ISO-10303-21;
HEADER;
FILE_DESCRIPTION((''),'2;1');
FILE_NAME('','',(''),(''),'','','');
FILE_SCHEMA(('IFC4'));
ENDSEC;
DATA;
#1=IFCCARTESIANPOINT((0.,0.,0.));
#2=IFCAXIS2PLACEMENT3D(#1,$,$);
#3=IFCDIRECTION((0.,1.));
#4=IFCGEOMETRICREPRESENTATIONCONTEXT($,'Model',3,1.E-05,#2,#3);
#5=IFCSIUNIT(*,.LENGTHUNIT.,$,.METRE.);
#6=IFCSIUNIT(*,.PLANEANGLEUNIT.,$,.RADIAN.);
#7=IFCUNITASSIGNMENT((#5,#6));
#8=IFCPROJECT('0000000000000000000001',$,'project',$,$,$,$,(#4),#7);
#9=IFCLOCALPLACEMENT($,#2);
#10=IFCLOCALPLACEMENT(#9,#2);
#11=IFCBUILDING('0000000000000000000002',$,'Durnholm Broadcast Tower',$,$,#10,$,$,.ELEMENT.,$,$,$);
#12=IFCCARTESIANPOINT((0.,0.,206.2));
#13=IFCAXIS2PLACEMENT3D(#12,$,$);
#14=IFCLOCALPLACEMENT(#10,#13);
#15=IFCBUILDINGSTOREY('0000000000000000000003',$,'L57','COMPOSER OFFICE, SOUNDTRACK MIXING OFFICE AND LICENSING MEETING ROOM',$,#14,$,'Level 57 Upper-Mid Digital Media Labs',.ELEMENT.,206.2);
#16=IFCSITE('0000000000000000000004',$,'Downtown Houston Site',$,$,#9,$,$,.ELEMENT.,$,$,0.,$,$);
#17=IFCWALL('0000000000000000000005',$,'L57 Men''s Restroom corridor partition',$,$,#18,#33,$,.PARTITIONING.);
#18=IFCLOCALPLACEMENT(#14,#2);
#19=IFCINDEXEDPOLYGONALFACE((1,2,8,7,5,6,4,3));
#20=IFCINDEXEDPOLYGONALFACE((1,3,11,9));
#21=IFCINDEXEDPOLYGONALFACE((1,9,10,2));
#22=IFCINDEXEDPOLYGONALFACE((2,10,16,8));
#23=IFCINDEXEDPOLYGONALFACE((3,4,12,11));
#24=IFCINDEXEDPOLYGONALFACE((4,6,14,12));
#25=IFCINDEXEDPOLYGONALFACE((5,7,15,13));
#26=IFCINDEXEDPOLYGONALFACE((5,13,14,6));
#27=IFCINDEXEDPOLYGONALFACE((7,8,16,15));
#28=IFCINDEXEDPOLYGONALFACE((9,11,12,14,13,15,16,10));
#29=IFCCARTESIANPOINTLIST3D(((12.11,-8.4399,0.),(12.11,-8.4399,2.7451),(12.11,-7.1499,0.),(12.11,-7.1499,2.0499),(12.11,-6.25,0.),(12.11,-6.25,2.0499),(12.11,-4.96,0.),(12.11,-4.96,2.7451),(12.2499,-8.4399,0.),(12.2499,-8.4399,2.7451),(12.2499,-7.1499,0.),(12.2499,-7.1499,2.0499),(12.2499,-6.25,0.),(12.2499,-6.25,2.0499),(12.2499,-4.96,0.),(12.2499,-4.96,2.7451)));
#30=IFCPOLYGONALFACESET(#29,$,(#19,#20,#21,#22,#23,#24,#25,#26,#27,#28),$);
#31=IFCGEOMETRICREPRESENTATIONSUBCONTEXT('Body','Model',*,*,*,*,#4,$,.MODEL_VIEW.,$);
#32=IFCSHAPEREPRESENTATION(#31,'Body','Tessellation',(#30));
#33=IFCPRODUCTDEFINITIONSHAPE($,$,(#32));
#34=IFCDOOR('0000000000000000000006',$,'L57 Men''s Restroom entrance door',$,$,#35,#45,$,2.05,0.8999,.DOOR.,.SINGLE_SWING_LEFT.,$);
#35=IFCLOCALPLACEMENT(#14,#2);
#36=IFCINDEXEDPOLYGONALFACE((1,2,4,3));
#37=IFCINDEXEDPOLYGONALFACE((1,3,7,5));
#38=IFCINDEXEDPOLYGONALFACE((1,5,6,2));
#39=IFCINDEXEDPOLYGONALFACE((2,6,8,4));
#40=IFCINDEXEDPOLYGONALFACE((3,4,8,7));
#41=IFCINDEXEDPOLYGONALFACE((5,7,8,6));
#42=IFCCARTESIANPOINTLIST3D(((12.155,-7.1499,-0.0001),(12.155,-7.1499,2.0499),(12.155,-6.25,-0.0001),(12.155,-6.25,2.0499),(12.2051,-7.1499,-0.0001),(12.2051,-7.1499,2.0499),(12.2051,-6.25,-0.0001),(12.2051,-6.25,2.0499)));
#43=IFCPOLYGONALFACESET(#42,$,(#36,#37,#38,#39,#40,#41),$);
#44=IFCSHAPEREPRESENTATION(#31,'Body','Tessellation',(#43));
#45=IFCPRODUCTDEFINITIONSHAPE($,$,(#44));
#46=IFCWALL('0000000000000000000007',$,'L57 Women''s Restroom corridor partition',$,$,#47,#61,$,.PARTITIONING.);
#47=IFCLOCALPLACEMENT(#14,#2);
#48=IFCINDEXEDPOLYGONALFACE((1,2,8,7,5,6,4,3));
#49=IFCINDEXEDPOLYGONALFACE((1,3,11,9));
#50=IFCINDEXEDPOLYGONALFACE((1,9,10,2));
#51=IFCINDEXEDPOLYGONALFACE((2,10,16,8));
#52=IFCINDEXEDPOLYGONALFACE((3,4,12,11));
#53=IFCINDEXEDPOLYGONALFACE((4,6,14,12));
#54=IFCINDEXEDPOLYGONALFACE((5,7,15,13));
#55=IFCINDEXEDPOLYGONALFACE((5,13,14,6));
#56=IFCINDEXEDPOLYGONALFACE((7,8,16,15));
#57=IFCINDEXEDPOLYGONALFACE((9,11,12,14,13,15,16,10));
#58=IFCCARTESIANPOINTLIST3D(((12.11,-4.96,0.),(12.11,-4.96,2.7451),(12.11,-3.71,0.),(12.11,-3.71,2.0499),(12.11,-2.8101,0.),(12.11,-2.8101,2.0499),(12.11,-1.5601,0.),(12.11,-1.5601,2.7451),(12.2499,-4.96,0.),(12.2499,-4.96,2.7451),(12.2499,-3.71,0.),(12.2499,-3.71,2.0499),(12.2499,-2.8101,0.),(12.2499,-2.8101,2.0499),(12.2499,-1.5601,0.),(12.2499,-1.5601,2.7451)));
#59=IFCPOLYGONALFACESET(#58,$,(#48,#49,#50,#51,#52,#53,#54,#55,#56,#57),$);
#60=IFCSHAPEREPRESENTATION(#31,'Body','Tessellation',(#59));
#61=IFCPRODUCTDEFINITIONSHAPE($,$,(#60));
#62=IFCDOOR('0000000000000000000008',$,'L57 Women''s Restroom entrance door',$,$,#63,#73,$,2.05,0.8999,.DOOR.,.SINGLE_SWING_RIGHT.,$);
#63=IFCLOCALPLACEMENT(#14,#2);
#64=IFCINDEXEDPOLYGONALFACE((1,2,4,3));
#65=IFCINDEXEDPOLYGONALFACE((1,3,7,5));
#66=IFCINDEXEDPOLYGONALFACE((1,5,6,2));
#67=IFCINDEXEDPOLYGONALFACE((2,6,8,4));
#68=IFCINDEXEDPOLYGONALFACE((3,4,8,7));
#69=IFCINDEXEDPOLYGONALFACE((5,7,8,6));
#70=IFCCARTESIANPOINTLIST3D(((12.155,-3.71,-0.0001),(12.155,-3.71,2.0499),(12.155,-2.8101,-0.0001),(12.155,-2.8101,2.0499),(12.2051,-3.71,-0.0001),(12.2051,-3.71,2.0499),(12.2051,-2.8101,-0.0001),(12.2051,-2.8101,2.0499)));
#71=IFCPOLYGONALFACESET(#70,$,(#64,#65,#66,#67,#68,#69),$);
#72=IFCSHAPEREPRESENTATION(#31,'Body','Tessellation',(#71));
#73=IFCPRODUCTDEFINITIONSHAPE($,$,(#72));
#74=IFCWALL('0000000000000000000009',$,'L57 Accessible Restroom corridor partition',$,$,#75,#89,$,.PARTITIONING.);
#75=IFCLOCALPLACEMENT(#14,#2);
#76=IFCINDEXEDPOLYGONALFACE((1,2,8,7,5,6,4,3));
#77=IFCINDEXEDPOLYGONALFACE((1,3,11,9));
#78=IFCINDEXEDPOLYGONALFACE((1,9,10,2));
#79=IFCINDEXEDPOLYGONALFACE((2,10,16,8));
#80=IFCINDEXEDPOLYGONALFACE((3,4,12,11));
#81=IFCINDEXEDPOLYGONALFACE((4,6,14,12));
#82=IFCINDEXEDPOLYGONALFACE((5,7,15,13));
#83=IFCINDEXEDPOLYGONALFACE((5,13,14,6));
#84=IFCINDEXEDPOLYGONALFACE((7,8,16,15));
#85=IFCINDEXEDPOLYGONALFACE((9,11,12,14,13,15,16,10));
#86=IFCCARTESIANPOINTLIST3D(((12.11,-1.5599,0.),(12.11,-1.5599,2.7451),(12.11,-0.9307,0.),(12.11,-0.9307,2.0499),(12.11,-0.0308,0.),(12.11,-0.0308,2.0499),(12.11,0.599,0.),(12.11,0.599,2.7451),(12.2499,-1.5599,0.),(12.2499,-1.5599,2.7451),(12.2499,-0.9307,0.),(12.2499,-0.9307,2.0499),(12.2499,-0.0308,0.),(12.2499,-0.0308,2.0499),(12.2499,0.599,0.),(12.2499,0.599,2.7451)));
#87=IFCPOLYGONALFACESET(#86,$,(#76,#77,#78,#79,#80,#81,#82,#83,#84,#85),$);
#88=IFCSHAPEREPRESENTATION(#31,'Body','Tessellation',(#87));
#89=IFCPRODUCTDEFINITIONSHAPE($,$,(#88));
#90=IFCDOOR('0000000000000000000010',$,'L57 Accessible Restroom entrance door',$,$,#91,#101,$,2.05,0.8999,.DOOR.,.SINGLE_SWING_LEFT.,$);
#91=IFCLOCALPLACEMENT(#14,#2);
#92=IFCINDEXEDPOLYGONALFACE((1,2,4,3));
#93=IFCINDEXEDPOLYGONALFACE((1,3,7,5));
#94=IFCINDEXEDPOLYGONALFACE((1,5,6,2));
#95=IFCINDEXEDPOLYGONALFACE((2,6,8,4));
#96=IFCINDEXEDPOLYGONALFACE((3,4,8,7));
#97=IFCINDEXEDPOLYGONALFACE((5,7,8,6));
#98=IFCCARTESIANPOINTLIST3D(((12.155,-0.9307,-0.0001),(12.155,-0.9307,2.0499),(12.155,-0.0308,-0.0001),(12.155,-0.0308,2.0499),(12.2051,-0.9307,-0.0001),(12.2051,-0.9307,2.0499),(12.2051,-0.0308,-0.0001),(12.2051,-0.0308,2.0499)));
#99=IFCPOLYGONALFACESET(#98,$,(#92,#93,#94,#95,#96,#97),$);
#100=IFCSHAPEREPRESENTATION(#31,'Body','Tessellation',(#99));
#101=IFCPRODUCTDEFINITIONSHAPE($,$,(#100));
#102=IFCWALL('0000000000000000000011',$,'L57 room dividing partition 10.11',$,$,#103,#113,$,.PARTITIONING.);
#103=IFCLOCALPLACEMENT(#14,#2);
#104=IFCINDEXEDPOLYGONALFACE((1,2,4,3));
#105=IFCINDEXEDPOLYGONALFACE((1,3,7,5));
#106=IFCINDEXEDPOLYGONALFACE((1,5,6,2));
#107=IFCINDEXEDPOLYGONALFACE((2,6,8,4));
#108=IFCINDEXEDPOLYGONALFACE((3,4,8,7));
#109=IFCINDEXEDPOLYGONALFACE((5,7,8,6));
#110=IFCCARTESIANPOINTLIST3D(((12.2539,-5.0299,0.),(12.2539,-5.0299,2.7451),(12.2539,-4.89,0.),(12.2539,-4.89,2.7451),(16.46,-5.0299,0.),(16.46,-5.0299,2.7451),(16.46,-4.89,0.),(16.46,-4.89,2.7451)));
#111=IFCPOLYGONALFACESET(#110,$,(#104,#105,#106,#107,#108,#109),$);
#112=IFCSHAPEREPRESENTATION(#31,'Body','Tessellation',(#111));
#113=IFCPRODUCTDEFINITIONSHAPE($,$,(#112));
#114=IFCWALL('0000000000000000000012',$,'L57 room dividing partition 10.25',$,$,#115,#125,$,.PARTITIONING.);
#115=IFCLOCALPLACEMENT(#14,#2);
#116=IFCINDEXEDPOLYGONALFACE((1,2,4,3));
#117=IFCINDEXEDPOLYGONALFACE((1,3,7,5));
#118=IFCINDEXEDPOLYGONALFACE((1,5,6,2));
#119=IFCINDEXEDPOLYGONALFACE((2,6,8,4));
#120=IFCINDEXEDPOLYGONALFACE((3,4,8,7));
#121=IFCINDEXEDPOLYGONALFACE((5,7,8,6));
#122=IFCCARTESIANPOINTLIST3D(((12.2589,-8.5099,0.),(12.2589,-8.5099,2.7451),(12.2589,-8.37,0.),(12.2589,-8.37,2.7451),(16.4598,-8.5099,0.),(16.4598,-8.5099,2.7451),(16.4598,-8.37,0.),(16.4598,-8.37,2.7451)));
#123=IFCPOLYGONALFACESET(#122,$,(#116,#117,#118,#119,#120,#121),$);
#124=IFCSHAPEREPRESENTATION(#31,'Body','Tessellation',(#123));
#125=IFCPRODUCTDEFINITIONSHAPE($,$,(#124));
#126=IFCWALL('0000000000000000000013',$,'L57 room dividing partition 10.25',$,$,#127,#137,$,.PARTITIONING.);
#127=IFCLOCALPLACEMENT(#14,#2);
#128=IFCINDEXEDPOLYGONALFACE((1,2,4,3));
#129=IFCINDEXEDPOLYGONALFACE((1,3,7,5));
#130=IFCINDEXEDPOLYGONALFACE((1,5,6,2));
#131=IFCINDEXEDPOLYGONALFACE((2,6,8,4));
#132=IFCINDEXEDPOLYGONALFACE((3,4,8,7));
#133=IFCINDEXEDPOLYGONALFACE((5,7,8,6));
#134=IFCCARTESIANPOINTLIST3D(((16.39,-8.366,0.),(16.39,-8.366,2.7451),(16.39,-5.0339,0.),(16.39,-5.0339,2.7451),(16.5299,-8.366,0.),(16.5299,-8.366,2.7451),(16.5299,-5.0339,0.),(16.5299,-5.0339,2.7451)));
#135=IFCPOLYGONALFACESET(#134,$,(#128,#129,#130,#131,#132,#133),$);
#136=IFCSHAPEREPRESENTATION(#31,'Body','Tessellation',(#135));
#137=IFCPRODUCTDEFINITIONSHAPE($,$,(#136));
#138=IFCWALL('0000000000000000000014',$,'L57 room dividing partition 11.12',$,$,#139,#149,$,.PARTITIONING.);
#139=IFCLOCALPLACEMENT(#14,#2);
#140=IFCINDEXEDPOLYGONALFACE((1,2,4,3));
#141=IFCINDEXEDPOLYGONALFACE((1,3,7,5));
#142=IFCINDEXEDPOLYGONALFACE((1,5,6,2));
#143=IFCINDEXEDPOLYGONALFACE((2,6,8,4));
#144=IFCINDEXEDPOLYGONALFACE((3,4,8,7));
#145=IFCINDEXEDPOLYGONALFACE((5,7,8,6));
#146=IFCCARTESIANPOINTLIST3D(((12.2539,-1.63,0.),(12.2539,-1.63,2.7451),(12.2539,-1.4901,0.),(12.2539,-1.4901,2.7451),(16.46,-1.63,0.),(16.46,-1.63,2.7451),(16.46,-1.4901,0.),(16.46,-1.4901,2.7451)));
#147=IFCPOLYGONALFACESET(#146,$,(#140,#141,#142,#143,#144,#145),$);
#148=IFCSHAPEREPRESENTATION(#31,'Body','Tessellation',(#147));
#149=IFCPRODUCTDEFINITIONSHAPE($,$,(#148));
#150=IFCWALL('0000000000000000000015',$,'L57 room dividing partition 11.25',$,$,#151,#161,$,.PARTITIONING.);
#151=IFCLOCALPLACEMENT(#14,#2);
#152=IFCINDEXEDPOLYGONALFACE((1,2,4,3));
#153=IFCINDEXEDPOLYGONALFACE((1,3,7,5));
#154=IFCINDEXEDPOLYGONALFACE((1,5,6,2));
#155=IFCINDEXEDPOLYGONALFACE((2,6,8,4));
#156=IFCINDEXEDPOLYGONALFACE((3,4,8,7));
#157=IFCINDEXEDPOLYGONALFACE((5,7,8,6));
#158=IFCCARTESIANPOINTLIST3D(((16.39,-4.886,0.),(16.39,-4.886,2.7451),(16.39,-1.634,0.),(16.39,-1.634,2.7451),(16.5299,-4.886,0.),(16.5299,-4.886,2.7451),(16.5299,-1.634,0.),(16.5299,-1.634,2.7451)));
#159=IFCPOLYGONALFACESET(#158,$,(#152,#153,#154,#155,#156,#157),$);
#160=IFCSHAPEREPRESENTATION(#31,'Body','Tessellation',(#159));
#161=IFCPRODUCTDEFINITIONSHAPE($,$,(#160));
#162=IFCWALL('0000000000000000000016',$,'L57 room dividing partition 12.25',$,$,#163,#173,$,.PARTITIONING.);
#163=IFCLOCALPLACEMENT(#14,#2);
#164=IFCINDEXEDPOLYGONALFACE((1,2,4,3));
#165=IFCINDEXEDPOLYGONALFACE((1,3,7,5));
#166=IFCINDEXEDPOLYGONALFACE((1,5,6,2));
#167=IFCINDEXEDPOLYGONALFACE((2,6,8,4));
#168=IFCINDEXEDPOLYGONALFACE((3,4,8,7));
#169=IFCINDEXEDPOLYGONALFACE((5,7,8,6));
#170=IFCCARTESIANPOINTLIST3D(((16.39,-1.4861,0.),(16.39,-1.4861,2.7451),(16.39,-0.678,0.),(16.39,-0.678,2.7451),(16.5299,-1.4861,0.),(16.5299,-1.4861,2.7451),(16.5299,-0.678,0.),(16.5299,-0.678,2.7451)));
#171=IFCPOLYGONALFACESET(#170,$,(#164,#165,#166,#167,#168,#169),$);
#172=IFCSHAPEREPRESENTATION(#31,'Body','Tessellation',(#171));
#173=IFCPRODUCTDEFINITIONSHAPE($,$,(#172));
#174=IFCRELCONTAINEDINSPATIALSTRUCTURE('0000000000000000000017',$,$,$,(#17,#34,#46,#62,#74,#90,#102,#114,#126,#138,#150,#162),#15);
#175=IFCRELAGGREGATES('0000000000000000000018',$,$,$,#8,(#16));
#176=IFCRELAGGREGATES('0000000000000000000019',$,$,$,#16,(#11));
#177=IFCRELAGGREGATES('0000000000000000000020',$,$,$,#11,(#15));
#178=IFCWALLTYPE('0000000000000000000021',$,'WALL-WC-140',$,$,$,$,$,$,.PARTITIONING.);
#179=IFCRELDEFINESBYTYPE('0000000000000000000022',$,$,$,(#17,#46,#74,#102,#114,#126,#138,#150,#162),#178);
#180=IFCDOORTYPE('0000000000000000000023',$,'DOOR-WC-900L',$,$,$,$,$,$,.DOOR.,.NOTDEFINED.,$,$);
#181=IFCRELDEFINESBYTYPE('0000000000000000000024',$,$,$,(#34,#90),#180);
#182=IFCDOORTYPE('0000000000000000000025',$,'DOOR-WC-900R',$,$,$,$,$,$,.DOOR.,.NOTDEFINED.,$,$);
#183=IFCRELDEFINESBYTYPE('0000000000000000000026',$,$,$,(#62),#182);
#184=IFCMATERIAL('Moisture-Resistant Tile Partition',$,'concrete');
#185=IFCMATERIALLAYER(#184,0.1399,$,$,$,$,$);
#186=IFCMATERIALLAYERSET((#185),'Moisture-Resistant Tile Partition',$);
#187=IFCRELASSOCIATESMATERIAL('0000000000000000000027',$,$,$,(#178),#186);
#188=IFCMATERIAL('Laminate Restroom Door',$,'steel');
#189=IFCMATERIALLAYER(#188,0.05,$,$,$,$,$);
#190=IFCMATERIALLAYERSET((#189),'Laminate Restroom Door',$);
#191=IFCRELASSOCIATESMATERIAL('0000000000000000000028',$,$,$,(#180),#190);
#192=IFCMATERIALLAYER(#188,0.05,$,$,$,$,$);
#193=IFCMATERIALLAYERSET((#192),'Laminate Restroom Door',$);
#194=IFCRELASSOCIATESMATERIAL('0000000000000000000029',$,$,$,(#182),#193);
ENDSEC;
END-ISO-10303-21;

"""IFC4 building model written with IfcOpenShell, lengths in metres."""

from ifc_helpers import new_model, si_unit, direction, frame, frame_2d, origin, place, context, subcontext, project, spatial, rectangle, extrude, source, transform, mapped, material, layer, layer_set, type_object, type_shapes, element, fill, save


model = new_model("IFC4")

# Units and contexts
model_context = context("Model", 3, precision=1e-05, world=origin(), true_north=direction((0.0, 1.0)))
body_context = subcontext(model_context, "Body", "Model", "MODEL_VIEW")
ifc_project = project(units=[si_unit("LENGTHUNIT", "METRE"), si_unit("PLANEANGLEUNIT", "RADIAN")], contexts=[model_context])

# Site, building, storey
site_placement = place(None, origin())
site = spatial("IfcSite", under=ifc_project, at=site_placement, Name="Downtown Houston Site", CompositionType="ELEMENT", RefElevation=0.0)
building_placement = place(site_placement, origin())
building = spatial("IfcBuilding", under=site, at=building_placement, Name="Durnholm Broadcast Tower", CompositionType="ELEMENT")
storey_placement = place(building_placement, frame((0.0, 0.0, 206.2)))
storey = spatial("IfcBuildingStorey", under=building, at=storey_placement, Name="L57", Description="COMPOSER OFFICE, SOUNDTRACK MIXING OFFICE AND LICENSING MEETING ROOM", LongName="Level 57 Upper-Mid Digital Media Labs", CompositionType="ELEMENT", Elevation=206.2)

# Walls, openings, doors
ifc_material_1 = material(Name="Moisture-Resistant Tile Partition", Category="concrete")
ifc_layer_1 = layer(ifc_material_1, 0.1399)
ifc_layer_set_1 = layer_set([ifc_layer_1], Name="Moisture-Resistant Tile Partition")
wall_type = type_object("IfcWallType", Name="WALL-WC-140", PredefinedType="PARTITIONING", material=ifc_layer_set_1)
wall_1_placement = place(storey_placement, frame((12.1799, -8.4399, 0.0), z_axis=(0.0, 0.0, 1.0), x_axis=(0.0, 1.0, 0.0)))
wall_1 = element("IfcWall", 1, at=wall_1_placement, inside=storey, type_object=wall_type, Name="L57 Men's Restroom corridor partition", PredefinedType="PARTITIONING", context=body_context, shape_type="SweptSolid", body=[
    extrude(rectangle(XDim=3.48, YDim=0.1399, at=frame_2d((1.74, 0.0))), origin(), (0.0, 0.0, 1.0), 2.7451),
])
opening_1_placement = place(wall_1_placement, frame((1.29, 0.0, 0.0)))
opening_1 = element("IfcOpeningElement", 2, at=opening_1_placement, cuts=wall_1, PredefinedType="OPENING", context=body_context, shape_type="SweptSolid", body=[
    extrude(rectangle(XDim=0.8999, YDim=2.05, at=frame_2d((0.45, 1.0249))), frame((0.0, 0.0801, 0.0), z_axis=(0.0, -1.0, 0.0), x_axis=(1.0, 0.0, 0.0)), (0.0, 0.0, 1.0), 0.1599),
])
ifc_material_2 = material(Name="Laminate Restroom Door", Category="steel")
ifc_layer_2 = layer(ifc_material_2, 0.05)
ifc_layer_set_2 = layer_set([ifc_layer_2], Name="Laminate Restroom Door")
door_type_1 = type_object("IfcDoorType", Name="DOOR-WC-900L", OperationType="NOTDEFINED", PredefinedType="DOOR", material=ifc_layer_set_2)
shared_shape_1 = source(origin(), body_context, "Body", "SweptSolid", [
    extrude(rectangle(XDim=0.8999, YDim=2.05, at=frame_2d((0.45, 1.0249))), frame((0.0, 0.0249, 0.0), z_axis=(0.0, -1.0, 0.0), x_axis=(1.0, 0.0, 0.0)), (0.0, 0.0, 1.0), 0.05),
])
type_shapes(door_type_1, [shared_shape_1])
door_1_placement = place(opening_1_placement, origin())
door_1 = element("IfcDoor", 3, at=door_1_placement, inside=storey, type_object=door_type_1, Name="L57 Men's Restroom entrance door", OperationType="SINGLE_SWING_LEFT", OverallHeight=2.05, OverallWidth=0.8999, PredefinedType="DOOR", context=body_context, shape_type="MappedRepresentation", body=[
    mapped(shared_shape_1, transform((0.0, 0.0, 0.0), x_axis=(1.0, 0.0, 0.0), y_axis=(0.0, 1.0, 0.0), z_axis=(0.0, 0.0, 1.0), scale=1.0)),
])
fill(opening_1, door_1)
wall_2_placement = place(storey_placement, frame((12.1799, -4.96, 0.0), z_axis=(0.0, 0.0, 1.0), x_axis=(0.0, 1.0, 0.0)))
wall_2 = element("IfcWall", 4, at=wall_2_placement, inside=storey, type_object=wall_type, Name="L57 Women's Restroom corridor partition", PredefinedType="PARTITIONING", context=body_context, shape_type="SweptSolid", body=[
    extrude(rectangle(XDim=3.3999, YDim=0.1399, at=frame_2d((1.7, 0.0))), origin(), (0.0, 0.0, 1.0), 2.7451),
])
opening_2_placement = place(wall_2_placement, frame((1.25, 0.0, 0.0)))
opening_2 = element("IfcOpeningElement", 5, at=opening_2_placement, cuts=wall_2, PredefinedType="OPENING", context=body_context, shape_type="SweptSolid", body=[
    extrude(rectangle(XDim=0.8999, YDim=2.05, at=frame_2d((0.45, 1.0249))), frame((0.0, 0.0801, 0.0), z_axis=(0.0, -1.0, 0.0), x_axis=(1.0, 0.0, 0.0)), (0.0, 0.0, 1.0), 0.1599),
])
ifc_layer_3 = layer(ifc_material_2, 0.05)
ifc_layer_set_3 = layer_set([ifc_layer_3], Name="Laminate Restroom Door")
door_type_2 = type_object("IfcDoorType", Name="DOOR-WC-900R", OperationType="NOTDEFINED", PredefinedType="DOOR", material=ifc_layer_set_3)
shared_shape_2 = source(origin(), body_context, "Body", "SweptSolid", [
    extrude(rectangle(XDim=0.8999, YDim=2.05, at=frame_2d((0.45, 1.0249))), frame((0.0, 0.0249, 0.0), z_axis=(0.0, -1.0, 0.0), x_axis=(1.0, 0.0, 0.0)), (0.0, 0.0, 1.0), 0.05),
])
type_shapes(door_type_2, [shared_shape_2])
door_2_placement = place(opening_2_placement, origin())
door_2 = element("IfcDoor", 6, at=door_2_placement, inside=storey, type_object=door_type_2, Name="L57 Women's Restroom entrance door", OperationType="SINGLE_SWING_RIGHT", OverallHeight=2.05, OverallWidth=0.8999, PredefinedType="DOOR", context=body_context, shape_type="MappedRepresentation", body=[
    mapped(shared_shape_2, transform((0.0, 0.0, 0.0), x_axis=(1.0, 0.0, 0.0), y_axis=(0.0, 1.0, 0.0), z_axis=(0.0, 0.0, 1.0), scale=1.0)),
])
fill(opening_2, door_2)
wall_3_placement = place(storey_placement, frame((12.1799, -1.5601, 0.0), z_axis=(0.0, 0.0, 1.0), x_axis=(0.0, 1.0, 0.0)))
wall_3 = element("IfcWall", 7, at=wall_3_placement, inside=storey, type_object=wall_type, Name="L57 Accessible Restroom corridor partition", PredefinedType="PARTITIONING", context=body_context, shape_type="SweptSolid", body=[
    extrude(rectangle(XDim=2.1589, YDim=0.1399, at=frame_2d((1.0796, 0.0))), origin(), (0.0, 0.0, 1.0), 2.7451),
])
opening_3_placement = place(wall_3_placement, frame((0.6294, 0.0, 0.0)))
opening_3 = element("IfcOpeningElement", 8, at=opening_3_placement, cuts=wall_3, PredefinedType="OPENING", context=body_context, shape_type="SweptSolid", body=[
    extrude(rectangle(XDim=0.8999, YDim=2.05, at=frame_2d((0.45, 1.0249))), frame((0.0, 0.0801, 0.0), z_axis=(0.0, -1.0, 0.0), x_axis=(1.0, 0.0, 0.0)), (0.0, 0.0, 1.0), 0.1599),
])
door_3_placement = place(opening_3_placement, origin())
door_3 = element("IfcDoor", 9, at=door_3_placement, inside=storey, type_object=door_type_1, Name="L57 Accessible Restroom entrance door", OperationType="SINGLE_SWING_LEFT", OverallHeight=2.05, OverallWidth=0.8999, PredefinedType="DOOR", context=body_context, shape_type="MappedRepresentation", body=[
    mapped(shared_shape_1, transform((0.0, 0.0, 0.0), x_axis=(1.0, 0.0, 0.0), y_axis=(0.0, 1.0, 0.0), z_axis=(0.0, 0.0, 1.0), scale=1.0)),
])
fill(opening_3, door_3)

# Walls
wall_4_placement = place(storey_placement, frame((12.2539, -4.96, 0.0), z_axis=(0.0, 0.0, 1.0), x_axis=(1.0, 0.0, 0.0)))
element("IfcWall", 10, at=wall_4_placement, inside=storey, type_object=wall_type, Name="L57 room dividing partition 10.11", PredefinedType="PARTITIONING", context=body_context, shape_type="SweptSolid", body=[
    extrude(rectangle(XDim=4.2061, YDim=0.1399, at=frame_2d((2.103, 0.0))), origin(), (0.0, 0.0, 1.0), 2.7451),
])
wall_5_placement = place(storey_placement, frame((16.46, -8.4399, 0.0), z_axis=(0.0, 0.0, 1.0), x_axis=(-1.0, 0.0, 0.0)))
element("IfcWall", 11, at=wall_5_placement, inside=storey, type_object=wall_type, Name="L57 room dividing partition 10.25", PredefinedType="PARTITIONING", context=body_context, shape_type="SweptSolid", body=[
    extrude(rectangle(XDim=4.2009, YDim=0.1399, at=frame_2d((2.1006, 0.0))), origin(), (0.0, 0.0, 1.0), 2.7451),
])
wall_6_placement = place(storey_placement, frame((16.46, -5.0339, 0.0), z_axis=(0.0, 0.0, 1.0), x_axis=(0.0, -1.0, 0.0)))
element("IfcWall", 12, at=wall_6_placement, inside=storey, type_object=wall_type, Name="L57 room dividing partition 10.25", PredefinedType="PARTITIONING", context=body_context, shape_type="SweptSolid", body=[
    extrude(rectangle(XDim=3.332, YDim=0.1399, at=frame_2d((1.666, 0.0))), origin(), (0.0, 0.0, 1.0), 2.7451),
])
wall_7_placement = place(storey_placement, frame((12.2539, -1.5601, 0.0), z_axis=(0.0, 0.0, 1.0), x_axis=(1.0, 0.0, 0.0)))
element("IfcWall", 13, at=wall_7_placement, inside=storey, type_object=wall_type, Name="L57 room dividing partition 11.12", PredefinedType="PARTITIONING", context=body_context, shape_type="SweptSolid", body=[
    extrude(rectangle(XDim=4.2061, YDim=0.1399, at=frame_2d((2.103, 0.0))), origin(), (0.0, 0.0, 1.0), 2.7451),
])
wall_8_placement = place(storey_placement, frame((16.46, -1.634, 0.0), z_axis=(0.0, 0.0, 1.0), x_axis=(0.0, -1.0, 0.0)))
element("IfcWall", 14, at=wall_8_placement, inside=storey, type_object=wall_type, Name="L57 room dividing partition 11.25", PredefinedType="PARTITIONING", context=body_context, shape_type="SweptSolid", body=[
    extrude(rectangle(XDim=3.252, YDim=0.1399, at=frame_2d((1.626, 0.0))), origin(), (0.0, 0.0, 1.0), 2.7451),
])
wall_9_placement = place(storey_placement, frame((16.46, -0.678, 0.0), z_axis=(0.0, 0.0, 1.0), x_axis=(0.0, -1.0, 0.0)))
element("IfcWall", 15, at=wall_9_placement, inside=storey, type_object=wall_type, Name="L57 room dividing partition 12.25", PredefinedType="PARTITIONING", context=body_context, shape_type="SweptSolid", body=[
    extrude(rectangle(XDim=0.8081, YDim=0.1399, at=frame_2d((0.4041, 0.0))), origin(), (0.0, 0.0, 1.0), 2.7451),
])

save(model, "model.ifc")
